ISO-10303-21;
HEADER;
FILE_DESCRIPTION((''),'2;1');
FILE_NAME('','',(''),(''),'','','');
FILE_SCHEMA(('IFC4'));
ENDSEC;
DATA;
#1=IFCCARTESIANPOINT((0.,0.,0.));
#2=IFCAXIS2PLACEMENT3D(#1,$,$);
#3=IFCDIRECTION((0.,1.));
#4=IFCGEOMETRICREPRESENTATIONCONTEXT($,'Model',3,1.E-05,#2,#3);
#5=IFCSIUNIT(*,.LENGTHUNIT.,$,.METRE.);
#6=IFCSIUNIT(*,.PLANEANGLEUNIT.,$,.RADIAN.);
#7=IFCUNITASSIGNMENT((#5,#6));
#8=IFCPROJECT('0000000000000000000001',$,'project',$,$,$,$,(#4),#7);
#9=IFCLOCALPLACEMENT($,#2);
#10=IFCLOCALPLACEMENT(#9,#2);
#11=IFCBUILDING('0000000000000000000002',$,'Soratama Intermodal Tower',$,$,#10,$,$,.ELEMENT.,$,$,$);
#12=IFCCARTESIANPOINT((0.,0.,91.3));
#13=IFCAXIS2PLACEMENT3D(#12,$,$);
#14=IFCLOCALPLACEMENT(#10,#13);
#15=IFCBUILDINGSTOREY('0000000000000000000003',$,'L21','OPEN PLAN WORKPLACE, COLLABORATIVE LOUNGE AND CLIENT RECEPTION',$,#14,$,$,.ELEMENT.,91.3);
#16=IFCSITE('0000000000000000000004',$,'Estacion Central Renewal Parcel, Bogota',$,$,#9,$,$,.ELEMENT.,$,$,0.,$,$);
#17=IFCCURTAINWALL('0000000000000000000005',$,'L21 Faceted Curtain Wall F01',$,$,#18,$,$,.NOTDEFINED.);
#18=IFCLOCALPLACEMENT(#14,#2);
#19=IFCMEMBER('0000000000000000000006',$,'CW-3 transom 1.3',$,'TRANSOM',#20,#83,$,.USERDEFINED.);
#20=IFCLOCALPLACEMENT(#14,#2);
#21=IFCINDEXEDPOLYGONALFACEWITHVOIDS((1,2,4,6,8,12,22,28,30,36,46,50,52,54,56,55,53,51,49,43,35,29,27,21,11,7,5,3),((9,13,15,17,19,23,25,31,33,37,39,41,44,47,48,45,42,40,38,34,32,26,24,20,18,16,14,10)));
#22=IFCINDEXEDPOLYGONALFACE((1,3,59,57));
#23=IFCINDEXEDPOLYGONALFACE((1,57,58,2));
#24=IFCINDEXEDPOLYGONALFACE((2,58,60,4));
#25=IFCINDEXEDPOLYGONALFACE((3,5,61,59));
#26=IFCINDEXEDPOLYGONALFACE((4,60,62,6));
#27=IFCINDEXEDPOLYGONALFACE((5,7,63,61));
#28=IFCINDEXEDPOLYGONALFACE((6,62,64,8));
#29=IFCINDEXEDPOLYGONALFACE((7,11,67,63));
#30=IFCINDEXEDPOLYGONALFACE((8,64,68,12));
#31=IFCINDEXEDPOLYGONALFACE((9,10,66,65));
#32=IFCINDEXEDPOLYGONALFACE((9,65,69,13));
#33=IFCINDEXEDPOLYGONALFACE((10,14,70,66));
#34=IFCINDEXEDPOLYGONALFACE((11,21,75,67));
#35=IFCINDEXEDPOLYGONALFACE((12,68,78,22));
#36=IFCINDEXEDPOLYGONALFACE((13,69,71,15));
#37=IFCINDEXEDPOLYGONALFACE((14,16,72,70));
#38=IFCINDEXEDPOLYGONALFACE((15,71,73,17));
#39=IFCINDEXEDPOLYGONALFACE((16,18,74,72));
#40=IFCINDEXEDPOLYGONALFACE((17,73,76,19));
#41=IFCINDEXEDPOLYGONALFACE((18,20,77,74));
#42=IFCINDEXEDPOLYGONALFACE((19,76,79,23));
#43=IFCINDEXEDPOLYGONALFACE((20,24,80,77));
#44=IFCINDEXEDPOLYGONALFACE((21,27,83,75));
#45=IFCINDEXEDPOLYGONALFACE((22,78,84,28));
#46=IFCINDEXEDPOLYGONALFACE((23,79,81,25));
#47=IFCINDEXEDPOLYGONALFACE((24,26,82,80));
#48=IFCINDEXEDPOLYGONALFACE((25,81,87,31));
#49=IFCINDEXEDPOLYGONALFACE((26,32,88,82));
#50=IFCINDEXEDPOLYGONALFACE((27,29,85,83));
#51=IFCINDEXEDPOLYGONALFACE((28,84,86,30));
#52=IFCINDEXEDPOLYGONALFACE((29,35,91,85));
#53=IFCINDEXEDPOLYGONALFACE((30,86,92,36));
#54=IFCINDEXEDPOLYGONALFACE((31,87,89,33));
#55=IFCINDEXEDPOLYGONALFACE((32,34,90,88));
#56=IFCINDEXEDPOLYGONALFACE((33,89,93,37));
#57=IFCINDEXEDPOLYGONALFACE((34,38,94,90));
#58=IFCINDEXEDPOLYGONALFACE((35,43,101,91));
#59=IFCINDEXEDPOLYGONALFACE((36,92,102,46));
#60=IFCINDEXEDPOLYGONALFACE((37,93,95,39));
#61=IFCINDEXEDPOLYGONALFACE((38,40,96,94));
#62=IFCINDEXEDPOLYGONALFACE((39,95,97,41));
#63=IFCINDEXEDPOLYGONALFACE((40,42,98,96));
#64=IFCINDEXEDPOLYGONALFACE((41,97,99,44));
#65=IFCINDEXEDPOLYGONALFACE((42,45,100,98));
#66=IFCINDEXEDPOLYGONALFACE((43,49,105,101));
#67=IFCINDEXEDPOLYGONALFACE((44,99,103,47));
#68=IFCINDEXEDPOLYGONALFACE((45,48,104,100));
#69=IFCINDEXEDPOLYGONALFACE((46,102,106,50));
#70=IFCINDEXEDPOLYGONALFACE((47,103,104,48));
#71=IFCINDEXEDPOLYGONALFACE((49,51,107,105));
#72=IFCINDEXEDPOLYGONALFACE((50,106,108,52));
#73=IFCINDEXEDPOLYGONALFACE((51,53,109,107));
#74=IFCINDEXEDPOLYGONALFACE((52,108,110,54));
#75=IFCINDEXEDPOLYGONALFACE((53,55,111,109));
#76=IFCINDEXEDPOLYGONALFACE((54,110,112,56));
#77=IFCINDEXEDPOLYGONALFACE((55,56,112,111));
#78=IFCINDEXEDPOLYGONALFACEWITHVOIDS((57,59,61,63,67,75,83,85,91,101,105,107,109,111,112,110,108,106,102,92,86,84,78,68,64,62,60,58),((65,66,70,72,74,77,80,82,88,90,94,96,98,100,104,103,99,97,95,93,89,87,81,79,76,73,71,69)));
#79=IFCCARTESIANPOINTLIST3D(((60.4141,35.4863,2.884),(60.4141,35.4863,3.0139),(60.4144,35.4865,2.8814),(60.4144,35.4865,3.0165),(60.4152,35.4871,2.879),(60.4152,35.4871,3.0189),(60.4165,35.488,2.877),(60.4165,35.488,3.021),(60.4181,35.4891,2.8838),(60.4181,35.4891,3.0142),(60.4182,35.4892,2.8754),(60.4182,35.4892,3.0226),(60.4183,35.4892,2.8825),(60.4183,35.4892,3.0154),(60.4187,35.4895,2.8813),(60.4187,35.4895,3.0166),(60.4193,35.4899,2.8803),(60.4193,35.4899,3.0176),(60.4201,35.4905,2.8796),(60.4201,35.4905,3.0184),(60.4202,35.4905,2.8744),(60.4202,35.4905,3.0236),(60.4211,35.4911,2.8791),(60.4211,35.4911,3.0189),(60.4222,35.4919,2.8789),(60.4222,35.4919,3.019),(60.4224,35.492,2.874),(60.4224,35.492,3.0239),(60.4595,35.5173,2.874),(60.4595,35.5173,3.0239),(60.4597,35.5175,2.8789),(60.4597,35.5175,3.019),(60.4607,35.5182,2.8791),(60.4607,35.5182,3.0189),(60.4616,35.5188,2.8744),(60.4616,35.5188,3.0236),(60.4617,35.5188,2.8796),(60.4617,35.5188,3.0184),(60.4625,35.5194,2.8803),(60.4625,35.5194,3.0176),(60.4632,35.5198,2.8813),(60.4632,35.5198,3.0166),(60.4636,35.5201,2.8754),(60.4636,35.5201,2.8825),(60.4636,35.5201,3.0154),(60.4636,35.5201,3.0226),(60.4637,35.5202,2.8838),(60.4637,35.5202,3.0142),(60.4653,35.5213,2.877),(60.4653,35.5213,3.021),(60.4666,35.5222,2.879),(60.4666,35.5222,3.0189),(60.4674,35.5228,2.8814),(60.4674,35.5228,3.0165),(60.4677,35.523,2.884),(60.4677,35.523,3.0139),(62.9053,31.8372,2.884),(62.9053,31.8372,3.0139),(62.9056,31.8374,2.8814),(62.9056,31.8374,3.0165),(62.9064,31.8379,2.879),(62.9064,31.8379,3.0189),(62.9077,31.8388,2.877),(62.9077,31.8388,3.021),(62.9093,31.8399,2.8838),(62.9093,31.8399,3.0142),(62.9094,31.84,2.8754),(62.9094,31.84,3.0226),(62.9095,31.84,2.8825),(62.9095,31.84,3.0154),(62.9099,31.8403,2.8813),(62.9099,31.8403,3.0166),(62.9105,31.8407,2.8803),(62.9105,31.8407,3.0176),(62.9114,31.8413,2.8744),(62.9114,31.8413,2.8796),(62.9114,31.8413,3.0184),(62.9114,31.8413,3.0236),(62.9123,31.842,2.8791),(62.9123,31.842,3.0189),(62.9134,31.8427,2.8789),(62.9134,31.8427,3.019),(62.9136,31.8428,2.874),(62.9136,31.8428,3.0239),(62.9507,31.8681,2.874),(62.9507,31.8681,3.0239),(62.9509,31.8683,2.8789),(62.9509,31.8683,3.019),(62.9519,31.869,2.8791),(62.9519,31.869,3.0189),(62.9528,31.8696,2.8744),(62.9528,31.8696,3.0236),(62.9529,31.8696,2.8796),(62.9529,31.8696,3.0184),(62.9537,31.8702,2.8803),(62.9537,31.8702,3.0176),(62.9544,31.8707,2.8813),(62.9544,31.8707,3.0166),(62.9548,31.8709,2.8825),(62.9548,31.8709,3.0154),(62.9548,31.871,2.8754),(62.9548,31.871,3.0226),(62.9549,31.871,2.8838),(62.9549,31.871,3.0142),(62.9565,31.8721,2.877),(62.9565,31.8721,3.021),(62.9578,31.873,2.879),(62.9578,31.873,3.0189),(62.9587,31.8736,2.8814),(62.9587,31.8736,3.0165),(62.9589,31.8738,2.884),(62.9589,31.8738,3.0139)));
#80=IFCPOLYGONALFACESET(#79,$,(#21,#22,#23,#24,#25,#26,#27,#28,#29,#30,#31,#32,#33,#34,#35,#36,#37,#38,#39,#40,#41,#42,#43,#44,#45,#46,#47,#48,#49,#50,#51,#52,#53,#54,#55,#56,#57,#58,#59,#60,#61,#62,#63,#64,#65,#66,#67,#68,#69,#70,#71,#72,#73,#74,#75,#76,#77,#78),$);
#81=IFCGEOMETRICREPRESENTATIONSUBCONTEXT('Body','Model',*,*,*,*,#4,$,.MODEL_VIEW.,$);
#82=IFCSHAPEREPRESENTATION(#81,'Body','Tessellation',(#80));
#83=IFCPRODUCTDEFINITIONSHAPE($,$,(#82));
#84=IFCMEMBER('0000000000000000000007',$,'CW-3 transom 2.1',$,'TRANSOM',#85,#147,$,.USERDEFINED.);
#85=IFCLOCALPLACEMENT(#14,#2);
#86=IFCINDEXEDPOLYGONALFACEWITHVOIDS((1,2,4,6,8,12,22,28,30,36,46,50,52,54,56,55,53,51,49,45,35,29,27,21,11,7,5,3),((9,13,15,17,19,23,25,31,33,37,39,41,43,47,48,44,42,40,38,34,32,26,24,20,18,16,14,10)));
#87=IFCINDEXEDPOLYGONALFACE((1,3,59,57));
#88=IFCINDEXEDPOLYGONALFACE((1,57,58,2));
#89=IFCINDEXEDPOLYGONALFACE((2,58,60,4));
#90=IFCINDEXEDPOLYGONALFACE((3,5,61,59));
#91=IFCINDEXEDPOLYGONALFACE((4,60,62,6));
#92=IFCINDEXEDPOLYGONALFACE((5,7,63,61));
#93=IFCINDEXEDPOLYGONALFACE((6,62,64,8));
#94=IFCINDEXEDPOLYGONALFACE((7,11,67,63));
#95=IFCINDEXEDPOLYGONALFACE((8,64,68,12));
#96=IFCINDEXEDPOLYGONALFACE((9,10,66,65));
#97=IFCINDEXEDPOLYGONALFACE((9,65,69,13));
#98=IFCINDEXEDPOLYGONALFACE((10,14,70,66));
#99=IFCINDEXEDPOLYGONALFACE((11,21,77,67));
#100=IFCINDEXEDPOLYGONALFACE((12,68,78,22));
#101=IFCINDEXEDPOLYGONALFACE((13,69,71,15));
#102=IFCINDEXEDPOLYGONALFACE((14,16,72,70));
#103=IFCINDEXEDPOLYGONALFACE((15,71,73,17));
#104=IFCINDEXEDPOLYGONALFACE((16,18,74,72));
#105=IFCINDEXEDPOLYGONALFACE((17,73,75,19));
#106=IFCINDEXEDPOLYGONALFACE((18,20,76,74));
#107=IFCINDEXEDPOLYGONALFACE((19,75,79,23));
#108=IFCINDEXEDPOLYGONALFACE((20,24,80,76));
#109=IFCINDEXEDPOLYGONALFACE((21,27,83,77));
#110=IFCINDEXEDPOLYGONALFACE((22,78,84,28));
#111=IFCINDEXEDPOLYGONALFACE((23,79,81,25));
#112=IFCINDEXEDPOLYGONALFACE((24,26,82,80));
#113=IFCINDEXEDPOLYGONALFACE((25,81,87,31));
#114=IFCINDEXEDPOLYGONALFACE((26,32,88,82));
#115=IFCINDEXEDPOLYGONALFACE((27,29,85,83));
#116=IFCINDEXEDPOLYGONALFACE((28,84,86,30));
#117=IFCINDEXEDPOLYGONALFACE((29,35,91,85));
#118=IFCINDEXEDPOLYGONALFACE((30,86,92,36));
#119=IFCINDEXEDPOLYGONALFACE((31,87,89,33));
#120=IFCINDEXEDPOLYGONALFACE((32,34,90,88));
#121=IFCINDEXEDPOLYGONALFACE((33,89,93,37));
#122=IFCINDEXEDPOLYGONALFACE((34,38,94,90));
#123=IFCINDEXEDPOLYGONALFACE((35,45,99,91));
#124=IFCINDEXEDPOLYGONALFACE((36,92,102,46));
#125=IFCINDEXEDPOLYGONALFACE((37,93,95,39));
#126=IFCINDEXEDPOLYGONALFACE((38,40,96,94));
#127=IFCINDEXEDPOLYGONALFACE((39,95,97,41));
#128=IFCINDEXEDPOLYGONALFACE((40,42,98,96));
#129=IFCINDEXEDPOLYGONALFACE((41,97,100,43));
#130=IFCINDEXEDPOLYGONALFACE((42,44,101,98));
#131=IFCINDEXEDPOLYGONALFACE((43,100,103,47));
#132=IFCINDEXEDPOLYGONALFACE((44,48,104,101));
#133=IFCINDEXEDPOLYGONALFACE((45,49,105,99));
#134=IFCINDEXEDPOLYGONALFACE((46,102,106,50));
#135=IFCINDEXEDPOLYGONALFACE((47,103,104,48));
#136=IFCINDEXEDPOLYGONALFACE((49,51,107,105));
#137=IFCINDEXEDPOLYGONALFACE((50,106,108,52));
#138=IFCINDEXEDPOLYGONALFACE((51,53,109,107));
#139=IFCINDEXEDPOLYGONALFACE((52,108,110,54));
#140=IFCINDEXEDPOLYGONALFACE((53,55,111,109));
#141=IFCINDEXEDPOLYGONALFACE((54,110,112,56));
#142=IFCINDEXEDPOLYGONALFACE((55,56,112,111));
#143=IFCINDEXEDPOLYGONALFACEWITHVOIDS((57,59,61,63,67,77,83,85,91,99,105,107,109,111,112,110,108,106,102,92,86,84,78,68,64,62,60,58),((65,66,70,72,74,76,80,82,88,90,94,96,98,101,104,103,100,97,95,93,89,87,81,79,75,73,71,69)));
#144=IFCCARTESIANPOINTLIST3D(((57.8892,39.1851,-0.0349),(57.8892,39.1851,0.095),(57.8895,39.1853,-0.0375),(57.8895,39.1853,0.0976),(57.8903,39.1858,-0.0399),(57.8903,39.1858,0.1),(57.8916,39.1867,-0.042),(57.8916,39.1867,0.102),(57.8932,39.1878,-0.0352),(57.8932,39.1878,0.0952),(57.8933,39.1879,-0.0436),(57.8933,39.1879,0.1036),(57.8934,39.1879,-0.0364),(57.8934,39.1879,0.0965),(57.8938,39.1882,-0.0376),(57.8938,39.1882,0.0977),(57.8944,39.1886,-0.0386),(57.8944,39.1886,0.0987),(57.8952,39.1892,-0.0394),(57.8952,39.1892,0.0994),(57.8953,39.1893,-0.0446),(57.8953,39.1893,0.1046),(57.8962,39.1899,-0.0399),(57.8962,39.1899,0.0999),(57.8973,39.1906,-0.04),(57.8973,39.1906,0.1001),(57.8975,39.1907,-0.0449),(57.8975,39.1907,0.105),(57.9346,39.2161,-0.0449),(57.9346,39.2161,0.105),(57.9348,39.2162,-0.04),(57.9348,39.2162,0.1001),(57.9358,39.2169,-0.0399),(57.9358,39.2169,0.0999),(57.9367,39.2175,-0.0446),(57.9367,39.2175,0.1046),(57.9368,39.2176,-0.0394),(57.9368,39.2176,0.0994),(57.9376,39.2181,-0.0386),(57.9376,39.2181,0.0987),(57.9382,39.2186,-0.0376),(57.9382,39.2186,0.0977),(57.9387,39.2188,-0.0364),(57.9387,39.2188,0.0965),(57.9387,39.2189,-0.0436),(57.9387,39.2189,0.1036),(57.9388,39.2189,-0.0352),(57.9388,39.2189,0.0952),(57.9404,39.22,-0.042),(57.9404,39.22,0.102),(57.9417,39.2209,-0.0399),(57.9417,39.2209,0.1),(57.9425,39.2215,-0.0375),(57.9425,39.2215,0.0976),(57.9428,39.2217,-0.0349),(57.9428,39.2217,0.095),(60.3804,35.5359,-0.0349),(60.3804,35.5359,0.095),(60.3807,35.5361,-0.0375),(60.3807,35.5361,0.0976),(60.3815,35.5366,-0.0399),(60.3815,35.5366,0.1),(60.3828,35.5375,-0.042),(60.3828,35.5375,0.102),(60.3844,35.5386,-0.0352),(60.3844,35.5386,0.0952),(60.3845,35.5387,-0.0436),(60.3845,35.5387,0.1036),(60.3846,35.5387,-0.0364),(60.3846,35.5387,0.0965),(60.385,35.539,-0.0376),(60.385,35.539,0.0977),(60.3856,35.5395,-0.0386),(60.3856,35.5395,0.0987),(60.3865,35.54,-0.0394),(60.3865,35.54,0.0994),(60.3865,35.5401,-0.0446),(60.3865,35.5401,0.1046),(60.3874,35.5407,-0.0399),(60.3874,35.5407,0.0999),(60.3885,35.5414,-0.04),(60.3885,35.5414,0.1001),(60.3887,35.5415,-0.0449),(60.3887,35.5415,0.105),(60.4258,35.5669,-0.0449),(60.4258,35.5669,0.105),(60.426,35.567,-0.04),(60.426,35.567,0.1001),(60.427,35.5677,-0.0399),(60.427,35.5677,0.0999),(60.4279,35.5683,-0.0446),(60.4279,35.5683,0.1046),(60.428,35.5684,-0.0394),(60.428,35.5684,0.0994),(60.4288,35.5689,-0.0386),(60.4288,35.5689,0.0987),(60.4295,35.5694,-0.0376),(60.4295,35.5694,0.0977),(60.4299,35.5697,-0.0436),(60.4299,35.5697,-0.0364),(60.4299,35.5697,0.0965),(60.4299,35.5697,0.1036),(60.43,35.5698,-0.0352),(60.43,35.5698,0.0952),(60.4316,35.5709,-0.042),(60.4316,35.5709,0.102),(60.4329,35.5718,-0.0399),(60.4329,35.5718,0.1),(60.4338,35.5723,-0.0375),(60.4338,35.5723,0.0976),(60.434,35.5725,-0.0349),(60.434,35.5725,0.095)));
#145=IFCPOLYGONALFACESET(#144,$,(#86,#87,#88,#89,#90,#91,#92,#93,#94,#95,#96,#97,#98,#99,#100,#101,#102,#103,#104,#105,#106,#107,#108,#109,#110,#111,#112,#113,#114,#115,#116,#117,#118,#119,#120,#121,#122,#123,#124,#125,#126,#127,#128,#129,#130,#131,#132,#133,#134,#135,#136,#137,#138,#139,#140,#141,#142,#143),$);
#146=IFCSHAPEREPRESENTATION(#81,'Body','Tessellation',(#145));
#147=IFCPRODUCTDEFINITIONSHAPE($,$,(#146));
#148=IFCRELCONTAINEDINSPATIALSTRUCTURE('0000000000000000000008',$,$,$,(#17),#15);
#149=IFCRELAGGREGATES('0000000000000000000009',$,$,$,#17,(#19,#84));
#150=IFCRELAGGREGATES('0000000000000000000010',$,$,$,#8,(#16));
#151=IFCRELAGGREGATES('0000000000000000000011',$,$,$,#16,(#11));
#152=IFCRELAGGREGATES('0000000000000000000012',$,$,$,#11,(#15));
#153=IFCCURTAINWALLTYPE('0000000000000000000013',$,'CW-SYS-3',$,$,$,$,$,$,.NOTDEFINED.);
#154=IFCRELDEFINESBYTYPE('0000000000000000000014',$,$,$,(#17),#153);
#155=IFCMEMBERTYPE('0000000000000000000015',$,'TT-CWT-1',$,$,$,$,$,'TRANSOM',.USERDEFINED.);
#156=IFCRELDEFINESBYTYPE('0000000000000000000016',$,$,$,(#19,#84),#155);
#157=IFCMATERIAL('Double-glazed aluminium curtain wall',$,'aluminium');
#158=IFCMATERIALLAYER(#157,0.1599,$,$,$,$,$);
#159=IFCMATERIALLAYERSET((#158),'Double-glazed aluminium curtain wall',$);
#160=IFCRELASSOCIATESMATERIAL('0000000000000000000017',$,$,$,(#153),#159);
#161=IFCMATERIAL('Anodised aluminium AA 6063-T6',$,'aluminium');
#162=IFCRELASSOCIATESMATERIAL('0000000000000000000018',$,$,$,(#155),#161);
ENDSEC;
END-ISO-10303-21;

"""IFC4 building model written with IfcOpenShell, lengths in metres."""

from ifc_helpers import new_model, si_unit, direction, frame, origin, origin_2d, place, context, subcontext, project, spatial, hollow_rectangle, extrude, material, layer, layer_set, material_profile, profile_set, type_object, element, aggregate, save


model = new_model("IFC4")

# Units and contexts
model_context = context("Model", 3, precision=1e-05, world=origin(), true_north=direction((0.0, 1.0)))
body_context = subcontext(model_context, "Body", "Model", "MODEL_VIEW")
ifc_project = project(units=[si_unit("LENGTHUNIT", "METRE"), si_unit("PLANEANGLEUNIT", "RADIAN")], contexts=[model_context])

# Site, building, storey
site_placement = place(None, origin())
site = spatial("IfcSite", under=ifc_project, at=site_placement, Name="Estacion Central Renewal Parcel, Bogota", CompositionType="ELEMENT", RefElevation=0.0)
building_placement = place(site_placement, origin())
building = spatial("IfcBuilding", under=site, at=building_placement, Name="Soratama Intermodal Tower", CompositionType="ELEMENT")
storey_placement = place(building_placement, frame((0.0, 0.0, 91.3)))
storey = spatial("IfcBuildingStorey", under=building, at=storey_placement, Name="L21", Description="OPEN PLAN WORKPLACE, COLLABORATIVE LOUNGE AND CLIENT RECEPTION", CompositionType="ELEMENT", Elevation=91.3)

# Curtain wall, members
ifc_material_1 = material(Name="Double-glazed aluminium curtain wall", Category="aluminium")
ifc_layer_1 = layer(ifc_material_1, 0.1599)
ifc_layer_set_1 = layer_set([ifc_layer_1], Name="Double-glazed aluminium curtain wall")
curtain_wall_type = type_object("IfcCurtainWallType", Name="CW-SYS-3", PredefinedType="NOTDEFINED", material=ifc_layer_set_1)
curtain_wall_placement = place(storey_placement, origin())
curtain_wall = element("IfcCurtainWall", 1, at=curtain_wall_placement, inside=storey, type_object=curtain_wall_type, Name="L21 Faceted Curtain Wall F01", PredefinedType="NOTDEFINED")
ifc_material_2 = material(Name="Anodised aluminium AA 6063-T6", Category="aluminium")
ifc_material_profile_1 = material_profile(ifc_material_2, hollow_rectangle(XDim=0.0649, YDim=0.1499, WallThickness=0.0049, InnerFilletRadius=0.0049, OuterFilletRadius=0.01, at=origin_2d()), Name="CWT150X65X5")
ifc_profile_set_1 = profile_set([ifc_material_profile_1], Name="Anodised aluminium AA 6063-T6")
member_type_1 = type_object("IfcMemberType", Name="TT-CWT-1", ElementType="TRANSOM", PredefinedType="USERDEFINED", material=ifc_profile_set_1)
member_1_placement = place(storey_placement, frame((62.9321, 31.8555, 2.949), z_axis=(-0.563822, 0.825896, 0.0), x_axis=(-0.825896, -0.563822, 0.0)))
member_1 = element("IfcMember", 2, at=member_1_placement, type_object=member_type_1, Name="CW-3 transom 1.3", ObjectType="TRANSOM", PredefinedType="USERDEFINED", context=body_context, shape_type="SweptSolid", body=[
    extrude(hollow_rectangle(XDim=0.0649, YDim=0.1499, WallThickness=0.0049, InnerFilletRadius=0.0049, OuterFilletRadius=0.01, at=origin_2d()), origin(), (0.0, 0.0, 1.0), 4.4185),
])
member_2_placement = place(storey_placement, frame((60.4072, 35.5542, 0.03), z_axis=(-0.563822, 0.825896, 0.0), x_axis=(-0.825896, -0.563822, 0.0)))
member_2 = element("IfcMember", 3, at=member_2_placement, type_object=member_type_1, Name="CW-3 transom 2.1", ObjectType="TRANSOM", PredefinedType="USERDEFINED", context=body_context, shape_type="SweptSolid", body=[
    extrude(hollow_rectangle(XDim=0.0649, YDim=0.1499, WallThickness=0.0049, InnerFilletRadius=0.0049, OuterFilletRadius=0.01, at=origin_2d()), origin(), (0.0, 0.0, 1.0), 4.4185),
])
aggregate(curtain_wall, [member_1, member_2])

save(model, "model.ifc")
